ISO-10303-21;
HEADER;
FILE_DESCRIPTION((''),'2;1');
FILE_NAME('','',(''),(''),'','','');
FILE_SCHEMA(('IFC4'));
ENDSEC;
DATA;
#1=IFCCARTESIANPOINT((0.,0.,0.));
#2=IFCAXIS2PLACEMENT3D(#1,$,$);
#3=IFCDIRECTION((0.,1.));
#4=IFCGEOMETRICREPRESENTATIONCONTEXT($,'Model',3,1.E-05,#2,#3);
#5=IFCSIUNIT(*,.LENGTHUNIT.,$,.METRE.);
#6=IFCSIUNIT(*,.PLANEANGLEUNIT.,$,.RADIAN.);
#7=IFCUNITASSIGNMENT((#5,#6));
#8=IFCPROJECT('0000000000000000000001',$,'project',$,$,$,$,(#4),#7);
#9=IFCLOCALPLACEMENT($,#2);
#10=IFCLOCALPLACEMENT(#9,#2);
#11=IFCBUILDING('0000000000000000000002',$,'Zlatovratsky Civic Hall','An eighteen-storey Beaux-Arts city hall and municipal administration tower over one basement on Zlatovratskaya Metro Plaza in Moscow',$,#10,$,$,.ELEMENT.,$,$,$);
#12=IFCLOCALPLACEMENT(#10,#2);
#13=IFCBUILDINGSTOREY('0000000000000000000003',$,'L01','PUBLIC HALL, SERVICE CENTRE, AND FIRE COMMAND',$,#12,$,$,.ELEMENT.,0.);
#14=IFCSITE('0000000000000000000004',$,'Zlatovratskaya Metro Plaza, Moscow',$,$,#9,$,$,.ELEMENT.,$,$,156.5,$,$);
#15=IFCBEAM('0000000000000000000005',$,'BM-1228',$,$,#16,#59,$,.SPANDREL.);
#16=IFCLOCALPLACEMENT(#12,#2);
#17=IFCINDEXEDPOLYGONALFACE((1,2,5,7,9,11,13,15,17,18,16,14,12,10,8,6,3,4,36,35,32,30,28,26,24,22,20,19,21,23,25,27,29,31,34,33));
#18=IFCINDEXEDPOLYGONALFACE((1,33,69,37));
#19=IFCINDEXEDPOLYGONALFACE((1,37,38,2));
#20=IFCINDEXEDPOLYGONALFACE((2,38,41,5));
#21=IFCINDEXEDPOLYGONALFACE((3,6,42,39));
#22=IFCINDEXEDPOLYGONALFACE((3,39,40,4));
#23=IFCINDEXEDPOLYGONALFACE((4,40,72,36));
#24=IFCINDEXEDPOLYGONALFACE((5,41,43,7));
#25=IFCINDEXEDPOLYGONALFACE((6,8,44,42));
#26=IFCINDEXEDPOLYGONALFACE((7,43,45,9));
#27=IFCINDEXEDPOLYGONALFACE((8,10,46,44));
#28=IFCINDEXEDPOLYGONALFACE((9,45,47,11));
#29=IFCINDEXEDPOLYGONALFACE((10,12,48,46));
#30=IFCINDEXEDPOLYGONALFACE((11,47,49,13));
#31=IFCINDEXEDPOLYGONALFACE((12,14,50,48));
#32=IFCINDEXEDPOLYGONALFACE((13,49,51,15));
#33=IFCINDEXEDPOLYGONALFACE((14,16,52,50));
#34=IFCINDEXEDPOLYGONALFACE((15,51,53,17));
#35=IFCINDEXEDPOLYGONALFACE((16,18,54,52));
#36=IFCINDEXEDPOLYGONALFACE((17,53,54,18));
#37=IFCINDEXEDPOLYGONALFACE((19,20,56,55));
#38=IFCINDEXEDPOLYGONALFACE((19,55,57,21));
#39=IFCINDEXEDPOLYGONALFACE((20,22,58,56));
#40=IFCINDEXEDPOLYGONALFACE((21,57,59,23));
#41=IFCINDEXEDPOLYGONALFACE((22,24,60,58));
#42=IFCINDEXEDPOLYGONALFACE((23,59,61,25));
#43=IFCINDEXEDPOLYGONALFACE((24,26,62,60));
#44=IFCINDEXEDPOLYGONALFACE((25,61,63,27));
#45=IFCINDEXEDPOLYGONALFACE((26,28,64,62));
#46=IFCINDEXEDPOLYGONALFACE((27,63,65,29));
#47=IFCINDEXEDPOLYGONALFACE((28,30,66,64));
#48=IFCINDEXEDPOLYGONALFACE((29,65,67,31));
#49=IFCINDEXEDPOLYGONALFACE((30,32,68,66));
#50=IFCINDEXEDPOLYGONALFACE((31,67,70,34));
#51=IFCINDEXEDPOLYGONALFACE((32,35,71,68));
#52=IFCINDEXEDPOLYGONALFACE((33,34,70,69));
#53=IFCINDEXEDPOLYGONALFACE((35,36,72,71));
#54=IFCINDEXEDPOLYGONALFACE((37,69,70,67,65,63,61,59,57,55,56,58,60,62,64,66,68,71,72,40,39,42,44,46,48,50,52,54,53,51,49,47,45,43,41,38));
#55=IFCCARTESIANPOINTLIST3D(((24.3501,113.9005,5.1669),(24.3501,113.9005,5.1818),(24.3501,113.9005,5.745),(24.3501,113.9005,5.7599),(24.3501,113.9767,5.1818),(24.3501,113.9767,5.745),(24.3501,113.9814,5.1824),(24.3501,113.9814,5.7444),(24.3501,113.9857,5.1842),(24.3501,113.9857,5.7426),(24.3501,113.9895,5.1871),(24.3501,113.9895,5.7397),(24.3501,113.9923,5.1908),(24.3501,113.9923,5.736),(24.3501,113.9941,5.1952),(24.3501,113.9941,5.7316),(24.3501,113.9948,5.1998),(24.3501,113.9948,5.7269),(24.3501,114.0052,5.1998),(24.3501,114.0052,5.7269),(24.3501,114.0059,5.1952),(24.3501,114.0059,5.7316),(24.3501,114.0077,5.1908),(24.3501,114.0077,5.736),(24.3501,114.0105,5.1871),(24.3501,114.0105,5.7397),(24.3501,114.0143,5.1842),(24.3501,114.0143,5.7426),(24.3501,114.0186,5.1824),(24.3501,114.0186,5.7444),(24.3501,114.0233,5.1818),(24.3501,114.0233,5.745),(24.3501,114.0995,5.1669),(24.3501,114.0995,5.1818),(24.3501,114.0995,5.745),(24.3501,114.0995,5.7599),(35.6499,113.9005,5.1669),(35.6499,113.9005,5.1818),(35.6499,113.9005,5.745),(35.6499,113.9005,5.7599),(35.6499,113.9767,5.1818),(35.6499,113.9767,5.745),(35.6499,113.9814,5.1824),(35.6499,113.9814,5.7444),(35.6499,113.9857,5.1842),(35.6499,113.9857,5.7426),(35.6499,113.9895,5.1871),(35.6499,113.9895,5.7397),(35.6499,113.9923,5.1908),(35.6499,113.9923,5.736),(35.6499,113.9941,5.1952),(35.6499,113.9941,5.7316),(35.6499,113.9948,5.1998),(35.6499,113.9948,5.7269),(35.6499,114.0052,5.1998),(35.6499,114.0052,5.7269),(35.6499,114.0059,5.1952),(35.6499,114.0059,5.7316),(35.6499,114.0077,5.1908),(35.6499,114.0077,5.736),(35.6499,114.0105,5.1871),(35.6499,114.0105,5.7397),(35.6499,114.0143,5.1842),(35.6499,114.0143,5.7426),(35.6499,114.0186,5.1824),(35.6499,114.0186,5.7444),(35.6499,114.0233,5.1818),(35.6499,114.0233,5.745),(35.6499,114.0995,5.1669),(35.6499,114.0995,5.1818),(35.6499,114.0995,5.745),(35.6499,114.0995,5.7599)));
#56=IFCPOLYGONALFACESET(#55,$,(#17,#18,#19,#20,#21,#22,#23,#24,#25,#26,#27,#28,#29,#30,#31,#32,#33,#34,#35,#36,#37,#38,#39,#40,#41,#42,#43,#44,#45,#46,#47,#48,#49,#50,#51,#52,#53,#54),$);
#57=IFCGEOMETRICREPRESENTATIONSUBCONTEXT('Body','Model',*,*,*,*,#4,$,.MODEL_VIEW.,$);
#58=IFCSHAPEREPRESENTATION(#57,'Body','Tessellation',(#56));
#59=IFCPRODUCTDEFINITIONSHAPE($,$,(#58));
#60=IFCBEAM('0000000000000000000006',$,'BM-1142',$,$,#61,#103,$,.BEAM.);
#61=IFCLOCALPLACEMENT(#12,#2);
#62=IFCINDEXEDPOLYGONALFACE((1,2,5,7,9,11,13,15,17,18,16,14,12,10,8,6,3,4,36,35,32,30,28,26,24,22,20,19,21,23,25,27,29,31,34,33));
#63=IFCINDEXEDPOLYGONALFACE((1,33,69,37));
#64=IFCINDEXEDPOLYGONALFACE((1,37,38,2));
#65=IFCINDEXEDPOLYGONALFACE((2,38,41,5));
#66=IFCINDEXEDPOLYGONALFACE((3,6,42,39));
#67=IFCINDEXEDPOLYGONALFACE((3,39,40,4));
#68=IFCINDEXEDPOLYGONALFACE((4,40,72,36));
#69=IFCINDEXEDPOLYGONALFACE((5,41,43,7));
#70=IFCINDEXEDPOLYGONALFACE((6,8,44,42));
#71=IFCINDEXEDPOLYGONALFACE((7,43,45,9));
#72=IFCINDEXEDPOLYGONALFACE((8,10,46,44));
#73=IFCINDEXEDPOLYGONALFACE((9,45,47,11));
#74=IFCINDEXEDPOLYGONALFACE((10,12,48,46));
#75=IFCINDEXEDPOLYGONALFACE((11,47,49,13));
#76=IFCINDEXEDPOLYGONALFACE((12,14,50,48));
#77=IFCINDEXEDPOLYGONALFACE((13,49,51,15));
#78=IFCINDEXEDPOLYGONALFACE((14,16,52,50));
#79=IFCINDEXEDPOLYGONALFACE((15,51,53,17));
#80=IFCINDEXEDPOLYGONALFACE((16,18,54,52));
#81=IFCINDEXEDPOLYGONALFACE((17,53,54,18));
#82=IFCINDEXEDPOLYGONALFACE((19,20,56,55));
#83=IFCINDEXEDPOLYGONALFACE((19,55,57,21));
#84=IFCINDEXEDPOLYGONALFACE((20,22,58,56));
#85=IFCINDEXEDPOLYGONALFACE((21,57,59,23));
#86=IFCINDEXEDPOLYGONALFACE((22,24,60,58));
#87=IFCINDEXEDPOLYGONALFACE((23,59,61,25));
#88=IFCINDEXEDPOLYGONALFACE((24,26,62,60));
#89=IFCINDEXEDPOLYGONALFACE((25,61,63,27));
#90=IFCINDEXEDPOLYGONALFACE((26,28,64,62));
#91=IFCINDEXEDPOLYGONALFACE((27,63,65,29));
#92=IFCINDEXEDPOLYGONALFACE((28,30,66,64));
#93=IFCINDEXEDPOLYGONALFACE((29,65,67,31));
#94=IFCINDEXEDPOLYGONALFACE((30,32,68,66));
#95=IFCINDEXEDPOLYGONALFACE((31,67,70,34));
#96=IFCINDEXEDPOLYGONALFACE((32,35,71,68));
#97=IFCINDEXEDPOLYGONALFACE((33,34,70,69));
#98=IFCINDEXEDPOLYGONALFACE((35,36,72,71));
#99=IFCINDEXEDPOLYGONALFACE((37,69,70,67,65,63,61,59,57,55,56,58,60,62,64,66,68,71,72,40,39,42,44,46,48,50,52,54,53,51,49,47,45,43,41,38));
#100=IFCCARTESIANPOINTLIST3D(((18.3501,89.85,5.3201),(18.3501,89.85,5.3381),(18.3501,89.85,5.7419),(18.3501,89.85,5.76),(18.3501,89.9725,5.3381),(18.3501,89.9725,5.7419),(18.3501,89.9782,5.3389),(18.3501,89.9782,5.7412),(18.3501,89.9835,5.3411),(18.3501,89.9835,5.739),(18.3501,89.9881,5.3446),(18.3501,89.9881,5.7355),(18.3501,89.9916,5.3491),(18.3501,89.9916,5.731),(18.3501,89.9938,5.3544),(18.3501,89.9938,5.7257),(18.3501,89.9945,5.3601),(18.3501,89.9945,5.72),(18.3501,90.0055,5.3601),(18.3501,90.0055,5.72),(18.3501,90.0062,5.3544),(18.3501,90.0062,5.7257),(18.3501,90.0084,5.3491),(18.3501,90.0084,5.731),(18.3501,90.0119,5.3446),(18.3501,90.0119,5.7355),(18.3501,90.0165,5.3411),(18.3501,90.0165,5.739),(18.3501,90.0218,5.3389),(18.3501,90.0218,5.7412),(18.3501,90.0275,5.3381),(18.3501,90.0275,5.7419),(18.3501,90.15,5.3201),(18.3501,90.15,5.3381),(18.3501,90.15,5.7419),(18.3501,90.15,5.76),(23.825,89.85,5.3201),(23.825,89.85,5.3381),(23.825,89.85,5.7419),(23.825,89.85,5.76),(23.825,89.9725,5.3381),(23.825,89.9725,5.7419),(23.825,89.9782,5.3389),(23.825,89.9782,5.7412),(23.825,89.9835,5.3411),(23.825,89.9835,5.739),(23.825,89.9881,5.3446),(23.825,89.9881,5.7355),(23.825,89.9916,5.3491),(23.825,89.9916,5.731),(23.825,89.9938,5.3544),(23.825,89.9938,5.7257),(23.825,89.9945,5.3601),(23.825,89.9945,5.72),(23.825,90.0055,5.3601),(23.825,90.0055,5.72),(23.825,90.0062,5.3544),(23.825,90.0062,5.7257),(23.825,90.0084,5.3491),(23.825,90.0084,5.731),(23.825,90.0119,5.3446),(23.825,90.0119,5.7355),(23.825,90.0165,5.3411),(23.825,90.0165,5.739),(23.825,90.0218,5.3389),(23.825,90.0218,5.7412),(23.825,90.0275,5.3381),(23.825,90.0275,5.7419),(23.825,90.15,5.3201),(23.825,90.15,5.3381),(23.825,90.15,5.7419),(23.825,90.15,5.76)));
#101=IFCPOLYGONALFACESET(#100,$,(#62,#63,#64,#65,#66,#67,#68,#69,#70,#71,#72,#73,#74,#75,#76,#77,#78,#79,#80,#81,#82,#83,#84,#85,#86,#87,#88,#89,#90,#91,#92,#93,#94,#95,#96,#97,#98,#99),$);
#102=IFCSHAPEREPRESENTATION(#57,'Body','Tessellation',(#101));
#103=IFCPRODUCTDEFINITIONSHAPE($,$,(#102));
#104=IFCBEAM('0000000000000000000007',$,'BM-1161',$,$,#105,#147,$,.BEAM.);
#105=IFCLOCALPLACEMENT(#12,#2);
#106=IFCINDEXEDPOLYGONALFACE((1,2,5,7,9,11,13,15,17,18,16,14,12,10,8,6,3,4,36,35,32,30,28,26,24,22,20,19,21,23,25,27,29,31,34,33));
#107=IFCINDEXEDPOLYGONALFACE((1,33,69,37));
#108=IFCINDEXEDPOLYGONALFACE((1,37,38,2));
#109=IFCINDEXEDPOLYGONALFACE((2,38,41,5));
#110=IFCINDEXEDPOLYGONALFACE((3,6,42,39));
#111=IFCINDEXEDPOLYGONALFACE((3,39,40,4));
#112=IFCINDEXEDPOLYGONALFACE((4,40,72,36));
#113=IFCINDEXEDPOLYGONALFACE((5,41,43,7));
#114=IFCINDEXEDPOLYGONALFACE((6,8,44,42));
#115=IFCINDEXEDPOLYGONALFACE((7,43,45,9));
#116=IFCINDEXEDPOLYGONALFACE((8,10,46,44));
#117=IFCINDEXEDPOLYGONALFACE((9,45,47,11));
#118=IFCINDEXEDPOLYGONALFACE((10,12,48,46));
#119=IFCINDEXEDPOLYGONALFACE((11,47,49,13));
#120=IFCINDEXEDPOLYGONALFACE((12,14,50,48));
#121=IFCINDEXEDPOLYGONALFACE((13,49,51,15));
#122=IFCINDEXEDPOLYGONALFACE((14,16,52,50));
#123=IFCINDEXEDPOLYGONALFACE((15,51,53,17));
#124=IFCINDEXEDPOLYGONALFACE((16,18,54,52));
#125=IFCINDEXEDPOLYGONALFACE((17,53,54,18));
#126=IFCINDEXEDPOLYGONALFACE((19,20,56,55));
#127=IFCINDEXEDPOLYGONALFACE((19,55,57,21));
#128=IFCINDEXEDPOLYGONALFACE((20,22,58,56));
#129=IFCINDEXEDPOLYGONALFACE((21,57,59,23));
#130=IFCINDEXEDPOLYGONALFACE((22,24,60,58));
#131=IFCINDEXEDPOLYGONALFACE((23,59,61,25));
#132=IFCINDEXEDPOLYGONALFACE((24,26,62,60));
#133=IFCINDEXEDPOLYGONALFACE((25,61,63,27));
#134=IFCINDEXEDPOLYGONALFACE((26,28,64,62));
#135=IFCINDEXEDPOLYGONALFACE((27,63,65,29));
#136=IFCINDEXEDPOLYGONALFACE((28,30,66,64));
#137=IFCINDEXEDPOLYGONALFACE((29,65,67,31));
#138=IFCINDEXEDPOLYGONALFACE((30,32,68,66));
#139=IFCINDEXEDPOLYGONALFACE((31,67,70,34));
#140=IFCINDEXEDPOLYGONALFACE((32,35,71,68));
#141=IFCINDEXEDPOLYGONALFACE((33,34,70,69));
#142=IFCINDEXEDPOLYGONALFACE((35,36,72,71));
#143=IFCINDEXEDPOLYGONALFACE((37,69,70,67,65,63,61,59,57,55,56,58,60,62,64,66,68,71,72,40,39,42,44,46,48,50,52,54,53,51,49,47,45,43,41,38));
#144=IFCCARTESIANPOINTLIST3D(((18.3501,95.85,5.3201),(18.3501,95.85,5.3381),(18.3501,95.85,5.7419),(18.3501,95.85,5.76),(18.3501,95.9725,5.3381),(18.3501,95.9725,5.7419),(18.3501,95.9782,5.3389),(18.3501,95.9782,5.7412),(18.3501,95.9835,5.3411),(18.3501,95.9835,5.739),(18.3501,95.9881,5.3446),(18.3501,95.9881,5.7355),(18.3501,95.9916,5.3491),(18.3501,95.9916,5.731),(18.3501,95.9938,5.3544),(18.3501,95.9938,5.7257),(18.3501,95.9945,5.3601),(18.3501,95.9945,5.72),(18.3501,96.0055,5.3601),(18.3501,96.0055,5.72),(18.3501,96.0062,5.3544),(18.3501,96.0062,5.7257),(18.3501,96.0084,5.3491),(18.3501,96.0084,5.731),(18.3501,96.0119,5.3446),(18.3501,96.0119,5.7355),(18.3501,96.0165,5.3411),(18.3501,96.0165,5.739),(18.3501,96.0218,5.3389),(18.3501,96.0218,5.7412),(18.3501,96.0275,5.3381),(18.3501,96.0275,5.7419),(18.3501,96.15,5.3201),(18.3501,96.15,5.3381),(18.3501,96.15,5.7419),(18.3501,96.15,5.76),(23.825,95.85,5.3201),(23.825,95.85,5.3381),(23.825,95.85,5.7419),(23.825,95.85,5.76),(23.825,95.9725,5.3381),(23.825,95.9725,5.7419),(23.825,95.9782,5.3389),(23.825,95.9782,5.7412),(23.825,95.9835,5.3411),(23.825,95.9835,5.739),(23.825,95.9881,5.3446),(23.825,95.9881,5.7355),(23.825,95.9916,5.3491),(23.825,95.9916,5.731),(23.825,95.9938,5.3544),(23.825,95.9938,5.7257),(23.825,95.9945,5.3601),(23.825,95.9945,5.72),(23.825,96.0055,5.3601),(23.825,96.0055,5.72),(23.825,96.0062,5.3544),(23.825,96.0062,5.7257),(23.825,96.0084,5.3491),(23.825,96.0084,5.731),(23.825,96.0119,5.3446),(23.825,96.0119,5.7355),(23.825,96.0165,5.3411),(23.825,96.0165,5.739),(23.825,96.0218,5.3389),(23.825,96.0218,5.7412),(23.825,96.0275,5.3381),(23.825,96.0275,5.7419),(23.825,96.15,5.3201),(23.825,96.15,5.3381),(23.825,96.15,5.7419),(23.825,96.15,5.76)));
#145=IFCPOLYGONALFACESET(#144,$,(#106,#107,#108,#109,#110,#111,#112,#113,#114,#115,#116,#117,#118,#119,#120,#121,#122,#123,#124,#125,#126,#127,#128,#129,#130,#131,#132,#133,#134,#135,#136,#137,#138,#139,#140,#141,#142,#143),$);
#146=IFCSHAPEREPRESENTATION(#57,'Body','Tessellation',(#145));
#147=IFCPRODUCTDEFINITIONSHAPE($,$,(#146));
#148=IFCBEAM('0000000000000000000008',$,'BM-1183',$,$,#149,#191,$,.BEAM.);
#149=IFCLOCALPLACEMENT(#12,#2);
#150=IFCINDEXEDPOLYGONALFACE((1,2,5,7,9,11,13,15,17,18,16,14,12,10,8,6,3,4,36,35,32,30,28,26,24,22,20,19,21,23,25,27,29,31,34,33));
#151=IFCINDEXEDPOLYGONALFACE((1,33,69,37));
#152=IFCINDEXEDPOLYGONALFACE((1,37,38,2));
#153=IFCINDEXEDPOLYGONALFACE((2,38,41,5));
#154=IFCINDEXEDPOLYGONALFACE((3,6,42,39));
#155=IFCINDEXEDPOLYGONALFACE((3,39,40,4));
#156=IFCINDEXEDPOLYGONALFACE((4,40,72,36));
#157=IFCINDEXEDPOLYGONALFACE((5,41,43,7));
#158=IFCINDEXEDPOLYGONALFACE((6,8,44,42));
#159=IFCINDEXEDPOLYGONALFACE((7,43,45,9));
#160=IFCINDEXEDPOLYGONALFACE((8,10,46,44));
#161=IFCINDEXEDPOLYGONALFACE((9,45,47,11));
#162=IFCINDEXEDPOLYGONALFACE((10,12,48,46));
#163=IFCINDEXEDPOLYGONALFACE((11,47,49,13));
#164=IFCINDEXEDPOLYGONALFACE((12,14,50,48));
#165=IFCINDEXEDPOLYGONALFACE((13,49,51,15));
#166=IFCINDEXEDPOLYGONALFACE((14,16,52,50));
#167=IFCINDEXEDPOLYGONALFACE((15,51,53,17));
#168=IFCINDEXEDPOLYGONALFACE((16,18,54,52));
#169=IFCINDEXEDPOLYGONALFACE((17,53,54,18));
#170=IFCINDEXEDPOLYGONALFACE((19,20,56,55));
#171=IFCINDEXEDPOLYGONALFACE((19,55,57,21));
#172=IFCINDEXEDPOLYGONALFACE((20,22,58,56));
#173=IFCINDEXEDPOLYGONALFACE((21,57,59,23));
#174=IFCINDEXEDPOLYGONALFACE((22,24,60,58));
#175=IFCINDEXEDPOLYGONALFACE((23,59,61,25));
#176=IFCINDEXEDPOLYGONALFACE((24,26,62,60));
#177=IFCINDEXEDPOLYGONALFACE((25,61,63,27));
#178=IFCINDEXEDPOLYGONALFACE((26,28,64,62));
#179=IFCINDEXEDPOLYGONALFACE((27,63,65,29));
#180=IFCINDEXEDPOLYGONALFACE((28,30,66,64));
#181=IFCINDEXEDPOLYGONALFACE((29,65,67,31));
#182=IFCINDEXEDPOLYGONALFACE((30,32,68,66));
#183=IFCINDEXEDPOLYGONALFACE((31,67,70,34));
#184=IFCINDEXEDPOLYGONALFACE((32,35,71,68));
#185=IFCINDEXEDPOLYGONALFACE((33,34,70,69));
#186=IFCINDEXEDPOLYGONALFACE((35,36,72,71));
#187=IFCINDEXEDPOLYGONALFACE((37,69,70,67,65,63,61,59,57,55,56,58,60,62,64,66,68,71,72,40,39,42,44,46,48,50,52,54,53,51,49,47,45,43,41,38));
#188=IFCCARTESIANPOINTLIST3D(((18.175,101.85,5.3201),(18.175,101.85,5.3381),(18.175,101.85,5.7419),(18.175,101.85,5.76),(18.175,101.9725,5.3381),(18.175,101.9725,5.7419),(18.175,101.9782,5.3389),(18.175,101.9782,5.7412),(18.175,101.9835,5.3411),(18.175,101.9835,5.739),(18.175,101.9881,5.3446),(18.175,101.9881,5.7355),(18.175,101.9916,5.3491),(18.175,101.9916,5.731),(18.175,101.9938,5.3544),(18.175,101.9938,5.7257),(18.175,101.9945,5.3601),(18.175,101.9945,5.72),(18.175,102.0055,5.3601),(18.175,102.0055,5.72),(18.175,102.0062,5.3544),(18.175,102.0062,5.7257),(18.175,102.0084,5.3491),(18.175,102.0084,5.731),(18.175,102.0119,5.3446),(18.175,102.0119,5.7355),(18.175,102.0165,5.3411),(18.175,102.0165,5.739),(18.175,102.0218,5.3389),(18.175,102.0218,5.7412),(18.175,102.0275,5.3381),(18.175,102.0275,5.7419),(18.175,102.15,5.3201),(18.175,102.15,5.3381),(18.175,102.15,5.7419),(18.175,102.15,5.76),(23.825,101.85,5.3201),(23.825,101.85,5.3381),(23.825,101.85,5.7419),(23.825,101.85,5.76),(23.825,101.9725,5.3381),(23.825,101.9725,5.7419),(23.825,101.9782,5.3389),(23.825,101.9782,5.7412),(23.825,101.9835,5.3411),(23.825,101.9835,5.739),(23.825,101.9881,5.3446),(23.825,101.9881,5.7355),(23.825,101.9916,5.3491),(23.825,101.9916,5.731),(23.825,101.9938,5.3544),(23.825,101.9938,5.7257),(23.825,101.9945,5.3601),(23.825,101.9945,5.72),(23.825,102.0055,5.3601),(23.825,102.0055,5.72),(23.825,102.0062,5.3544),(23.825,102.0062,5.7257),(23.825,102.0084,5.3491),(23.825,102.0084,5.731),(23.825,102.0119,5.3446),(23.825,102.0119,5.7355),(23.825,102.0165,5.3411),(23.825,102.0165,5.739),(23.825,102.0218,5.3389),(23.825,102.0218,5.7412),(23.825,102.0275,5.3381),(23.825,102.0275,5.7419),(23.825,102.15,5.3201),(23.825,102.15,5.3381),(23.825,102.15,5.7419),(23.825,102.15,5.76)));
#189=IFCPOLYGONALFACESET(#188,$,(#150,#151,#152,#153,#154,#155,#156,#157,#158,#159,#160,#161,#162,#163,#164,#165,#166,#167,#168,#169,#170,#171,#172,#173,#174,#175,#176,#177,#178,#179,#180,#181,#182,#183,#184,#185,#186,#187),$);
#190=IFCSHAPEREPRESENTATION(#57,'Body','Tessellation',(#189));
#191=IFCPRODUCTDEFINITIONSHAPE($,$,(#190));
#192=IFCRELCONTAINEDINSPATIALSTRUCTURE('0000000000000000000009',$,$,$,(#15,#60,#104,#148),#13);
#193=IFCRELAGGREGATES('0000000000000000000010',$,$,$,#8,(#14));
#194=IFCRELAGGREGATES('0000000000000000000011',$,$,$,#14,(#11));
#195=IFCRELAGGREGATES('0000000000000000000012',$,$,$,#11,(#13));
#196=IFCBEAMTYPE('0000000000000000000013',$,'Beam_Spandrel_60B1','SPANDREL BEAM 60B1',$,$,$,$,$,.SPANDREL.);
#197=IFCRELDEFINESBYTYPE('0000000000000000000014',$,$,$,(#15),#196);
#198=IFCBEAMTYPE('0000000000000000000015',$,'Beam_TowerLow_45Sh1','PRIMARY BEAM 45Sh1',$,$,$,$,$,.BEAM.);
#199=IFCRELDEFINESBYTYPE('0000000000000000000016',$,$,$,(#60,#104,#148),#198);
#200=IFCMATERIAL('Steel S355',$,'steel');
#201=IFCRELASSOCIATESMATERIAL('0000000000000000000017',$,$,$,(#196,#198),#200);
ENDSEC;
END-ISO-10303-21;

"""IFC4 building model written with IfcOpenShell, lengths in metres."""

from ifc_helpers import new_model, si_unit, direction, frame, origin, origin_2d, place, context, subcontext, project, spatial, i_section, extrude, material, material_profile, profile_set, type_object, element, save


model = new_model("IFC4")

# Units and contexts
model_context = context("Model", 3, precision=1e-05, world=origin(), true_north=direction((0.0, 1.0)))
body_context = subcontext(model_context, "Body", "Model", "MODEL_VIEW")
ifc_project = project(units=[si_unit("LENGTHUNIT", "METRE"), si_unit("PLANEANGLEUNIT", "RADIAN")], contexts=[model_context])

# Site, building, storey
site_placement = place(None, origin())
site = spatial("IfcSite", under=ifc_project, at=site_placement, Name="Zlatovratskaya Metro Plaza, Moscow", CompositionType="ELEMENT", RefElevation=156.5)
building_placement = place(site_placement, origin())
building = spatial("IfcBuilding", under=site, at=building_placement, Name="Zlatovratsky Civic Hall", Description="An eighteen-storey Beaux-Arts city hall and municipal administration tower over one basement on Zlatovratskaya Metro Plaza in Moscow", CompositionType="ELEMENT")
storey_placement = place(building_placement, origin())
storey = spatial("IfcBuildingStorey", under=building, at=storey_placement, Name="L01", Description="PUBLIC HALL, SERVICE CENTRE, AND FIRE COMMAND", CompositionType="ELEMENT", Elevation=0.0)

# Shared definitions
ifc_material_1 = material(Name="Steel S355", Category="steel")

# Beams
ifc_material_profile_1 = material_profile(ifc_material_1, i_section(OverallWidth=0.199, OverallDepth=0.593, WebThickness=0.0105, FlangeThickness=0.0149, FilletRadius=0.0181, at=origin_2d()), Name="60B1")
ifc_profile_set_1 = profile_set([ifc_material_profile_1], Name="Steel S355")
beam_type_1 = type_object("IfcBeamType", Name="Beam_Spandrel_60B1", Description="SPANDREL BEAM 60B1", PredefinedType="SPANDREL", material=ifc_profile_set_1)
beam_1_placement = place(storey_placement, frame((24.3501, 114.0, 5.4634), z_axis=(1.0, 0.0, 0.0), x_axis=(0.0, 1.0, 0.0)))
element("IfcBeam", 1, at=beam_1_placement, inside=storey, type_object=beam_type_1, Name="BM-1228", PredefinedType="SPANDREL", context=body_context, shape_type="SweptSolid", body=[
    extrude(i_section(OverallWidth=0.199, OverallDepth=0.593, WebThickness=0.0105, FlangeThickness=0.0149, FilletRadius=0.0181, at=origin_2d()), origin(), (0.0, 0.0, 1.0), 11.2998),
])
ifc_material_profile_2 = material_profile(ifc_material_1, i_section(OverallWidth=0.3, OverallDepth=0.4399, WebThickness=0.011, FlangeThickness=0.0181, FilletRadius=0.022, at=origin_2d()), Name="45Sh1")
ifc_profile_set_2 = profile_set([ifc_material_profile_2], Name="Steel S355")
beam_type_2 = type_object("IfcBeamType", Name="Beam_TowerLow_45Sh1", Description="PRIMARY BEAM 45Sh1", PredefinedType="BEAM", material=ifc_profile_set_2)
for number, where, z_axis, x_axis, name in (
    (2, (18.3501, 90.0, 5.54), (1.0, 0.0, 0.0), (0.0, 1.0, 0.0), "BM-1142"),
    (3, (18.3501, 96.0, 5.54), (1.0, 0.0, 0.0), (0.0, 1.0, 0.0), "BM-1161"),
):
    element("IfcBeam", number, at=place(storey_placement, frame(where, z_axis=z_axis, x_axis=x_axis)), inside=storey, type_object=beam_type_2, Name=name, PredefinedType="BEAM", context=body_context, shape_type="SweptSolid", body=[
        extrude(i_section(OverallWidth=0.3, OverallDepth=0.4399, WebThickness=0.011, FlangeThickness=0.0181, FilletRadius=0.022, at=origin_2d()), origin(), (0.0, 0.0, 1.0), 5.4749),
    ])
for number, where, z_axis, x_axis, name in (
    (4, (18.175, 102.0, 5.54), (1.0, 0.0, 0.0), (0.0, 1.0, 0.0), "BM-1183"),
):
    element("IfcBeam", number, at=place(storey_placement, frame(where, z_axis=z_axis, x_axis=x_axis)), inside=storey, type_object=beam_type_2, Name=name, PredefinedType="BEAM", context=body_context, shape_type="SweptSolid", body=[
        extrude(i_section(OverallWidth=0.3, OverallDepth=0.4399, WebThickness=0.011, FlangeThickness=0.0181, FilletRadius=0.022, at=origin_2d()), origin(), (0.0, 0.0, 1.0), 5.6499),
    ])

save(model, "model.ifc")
